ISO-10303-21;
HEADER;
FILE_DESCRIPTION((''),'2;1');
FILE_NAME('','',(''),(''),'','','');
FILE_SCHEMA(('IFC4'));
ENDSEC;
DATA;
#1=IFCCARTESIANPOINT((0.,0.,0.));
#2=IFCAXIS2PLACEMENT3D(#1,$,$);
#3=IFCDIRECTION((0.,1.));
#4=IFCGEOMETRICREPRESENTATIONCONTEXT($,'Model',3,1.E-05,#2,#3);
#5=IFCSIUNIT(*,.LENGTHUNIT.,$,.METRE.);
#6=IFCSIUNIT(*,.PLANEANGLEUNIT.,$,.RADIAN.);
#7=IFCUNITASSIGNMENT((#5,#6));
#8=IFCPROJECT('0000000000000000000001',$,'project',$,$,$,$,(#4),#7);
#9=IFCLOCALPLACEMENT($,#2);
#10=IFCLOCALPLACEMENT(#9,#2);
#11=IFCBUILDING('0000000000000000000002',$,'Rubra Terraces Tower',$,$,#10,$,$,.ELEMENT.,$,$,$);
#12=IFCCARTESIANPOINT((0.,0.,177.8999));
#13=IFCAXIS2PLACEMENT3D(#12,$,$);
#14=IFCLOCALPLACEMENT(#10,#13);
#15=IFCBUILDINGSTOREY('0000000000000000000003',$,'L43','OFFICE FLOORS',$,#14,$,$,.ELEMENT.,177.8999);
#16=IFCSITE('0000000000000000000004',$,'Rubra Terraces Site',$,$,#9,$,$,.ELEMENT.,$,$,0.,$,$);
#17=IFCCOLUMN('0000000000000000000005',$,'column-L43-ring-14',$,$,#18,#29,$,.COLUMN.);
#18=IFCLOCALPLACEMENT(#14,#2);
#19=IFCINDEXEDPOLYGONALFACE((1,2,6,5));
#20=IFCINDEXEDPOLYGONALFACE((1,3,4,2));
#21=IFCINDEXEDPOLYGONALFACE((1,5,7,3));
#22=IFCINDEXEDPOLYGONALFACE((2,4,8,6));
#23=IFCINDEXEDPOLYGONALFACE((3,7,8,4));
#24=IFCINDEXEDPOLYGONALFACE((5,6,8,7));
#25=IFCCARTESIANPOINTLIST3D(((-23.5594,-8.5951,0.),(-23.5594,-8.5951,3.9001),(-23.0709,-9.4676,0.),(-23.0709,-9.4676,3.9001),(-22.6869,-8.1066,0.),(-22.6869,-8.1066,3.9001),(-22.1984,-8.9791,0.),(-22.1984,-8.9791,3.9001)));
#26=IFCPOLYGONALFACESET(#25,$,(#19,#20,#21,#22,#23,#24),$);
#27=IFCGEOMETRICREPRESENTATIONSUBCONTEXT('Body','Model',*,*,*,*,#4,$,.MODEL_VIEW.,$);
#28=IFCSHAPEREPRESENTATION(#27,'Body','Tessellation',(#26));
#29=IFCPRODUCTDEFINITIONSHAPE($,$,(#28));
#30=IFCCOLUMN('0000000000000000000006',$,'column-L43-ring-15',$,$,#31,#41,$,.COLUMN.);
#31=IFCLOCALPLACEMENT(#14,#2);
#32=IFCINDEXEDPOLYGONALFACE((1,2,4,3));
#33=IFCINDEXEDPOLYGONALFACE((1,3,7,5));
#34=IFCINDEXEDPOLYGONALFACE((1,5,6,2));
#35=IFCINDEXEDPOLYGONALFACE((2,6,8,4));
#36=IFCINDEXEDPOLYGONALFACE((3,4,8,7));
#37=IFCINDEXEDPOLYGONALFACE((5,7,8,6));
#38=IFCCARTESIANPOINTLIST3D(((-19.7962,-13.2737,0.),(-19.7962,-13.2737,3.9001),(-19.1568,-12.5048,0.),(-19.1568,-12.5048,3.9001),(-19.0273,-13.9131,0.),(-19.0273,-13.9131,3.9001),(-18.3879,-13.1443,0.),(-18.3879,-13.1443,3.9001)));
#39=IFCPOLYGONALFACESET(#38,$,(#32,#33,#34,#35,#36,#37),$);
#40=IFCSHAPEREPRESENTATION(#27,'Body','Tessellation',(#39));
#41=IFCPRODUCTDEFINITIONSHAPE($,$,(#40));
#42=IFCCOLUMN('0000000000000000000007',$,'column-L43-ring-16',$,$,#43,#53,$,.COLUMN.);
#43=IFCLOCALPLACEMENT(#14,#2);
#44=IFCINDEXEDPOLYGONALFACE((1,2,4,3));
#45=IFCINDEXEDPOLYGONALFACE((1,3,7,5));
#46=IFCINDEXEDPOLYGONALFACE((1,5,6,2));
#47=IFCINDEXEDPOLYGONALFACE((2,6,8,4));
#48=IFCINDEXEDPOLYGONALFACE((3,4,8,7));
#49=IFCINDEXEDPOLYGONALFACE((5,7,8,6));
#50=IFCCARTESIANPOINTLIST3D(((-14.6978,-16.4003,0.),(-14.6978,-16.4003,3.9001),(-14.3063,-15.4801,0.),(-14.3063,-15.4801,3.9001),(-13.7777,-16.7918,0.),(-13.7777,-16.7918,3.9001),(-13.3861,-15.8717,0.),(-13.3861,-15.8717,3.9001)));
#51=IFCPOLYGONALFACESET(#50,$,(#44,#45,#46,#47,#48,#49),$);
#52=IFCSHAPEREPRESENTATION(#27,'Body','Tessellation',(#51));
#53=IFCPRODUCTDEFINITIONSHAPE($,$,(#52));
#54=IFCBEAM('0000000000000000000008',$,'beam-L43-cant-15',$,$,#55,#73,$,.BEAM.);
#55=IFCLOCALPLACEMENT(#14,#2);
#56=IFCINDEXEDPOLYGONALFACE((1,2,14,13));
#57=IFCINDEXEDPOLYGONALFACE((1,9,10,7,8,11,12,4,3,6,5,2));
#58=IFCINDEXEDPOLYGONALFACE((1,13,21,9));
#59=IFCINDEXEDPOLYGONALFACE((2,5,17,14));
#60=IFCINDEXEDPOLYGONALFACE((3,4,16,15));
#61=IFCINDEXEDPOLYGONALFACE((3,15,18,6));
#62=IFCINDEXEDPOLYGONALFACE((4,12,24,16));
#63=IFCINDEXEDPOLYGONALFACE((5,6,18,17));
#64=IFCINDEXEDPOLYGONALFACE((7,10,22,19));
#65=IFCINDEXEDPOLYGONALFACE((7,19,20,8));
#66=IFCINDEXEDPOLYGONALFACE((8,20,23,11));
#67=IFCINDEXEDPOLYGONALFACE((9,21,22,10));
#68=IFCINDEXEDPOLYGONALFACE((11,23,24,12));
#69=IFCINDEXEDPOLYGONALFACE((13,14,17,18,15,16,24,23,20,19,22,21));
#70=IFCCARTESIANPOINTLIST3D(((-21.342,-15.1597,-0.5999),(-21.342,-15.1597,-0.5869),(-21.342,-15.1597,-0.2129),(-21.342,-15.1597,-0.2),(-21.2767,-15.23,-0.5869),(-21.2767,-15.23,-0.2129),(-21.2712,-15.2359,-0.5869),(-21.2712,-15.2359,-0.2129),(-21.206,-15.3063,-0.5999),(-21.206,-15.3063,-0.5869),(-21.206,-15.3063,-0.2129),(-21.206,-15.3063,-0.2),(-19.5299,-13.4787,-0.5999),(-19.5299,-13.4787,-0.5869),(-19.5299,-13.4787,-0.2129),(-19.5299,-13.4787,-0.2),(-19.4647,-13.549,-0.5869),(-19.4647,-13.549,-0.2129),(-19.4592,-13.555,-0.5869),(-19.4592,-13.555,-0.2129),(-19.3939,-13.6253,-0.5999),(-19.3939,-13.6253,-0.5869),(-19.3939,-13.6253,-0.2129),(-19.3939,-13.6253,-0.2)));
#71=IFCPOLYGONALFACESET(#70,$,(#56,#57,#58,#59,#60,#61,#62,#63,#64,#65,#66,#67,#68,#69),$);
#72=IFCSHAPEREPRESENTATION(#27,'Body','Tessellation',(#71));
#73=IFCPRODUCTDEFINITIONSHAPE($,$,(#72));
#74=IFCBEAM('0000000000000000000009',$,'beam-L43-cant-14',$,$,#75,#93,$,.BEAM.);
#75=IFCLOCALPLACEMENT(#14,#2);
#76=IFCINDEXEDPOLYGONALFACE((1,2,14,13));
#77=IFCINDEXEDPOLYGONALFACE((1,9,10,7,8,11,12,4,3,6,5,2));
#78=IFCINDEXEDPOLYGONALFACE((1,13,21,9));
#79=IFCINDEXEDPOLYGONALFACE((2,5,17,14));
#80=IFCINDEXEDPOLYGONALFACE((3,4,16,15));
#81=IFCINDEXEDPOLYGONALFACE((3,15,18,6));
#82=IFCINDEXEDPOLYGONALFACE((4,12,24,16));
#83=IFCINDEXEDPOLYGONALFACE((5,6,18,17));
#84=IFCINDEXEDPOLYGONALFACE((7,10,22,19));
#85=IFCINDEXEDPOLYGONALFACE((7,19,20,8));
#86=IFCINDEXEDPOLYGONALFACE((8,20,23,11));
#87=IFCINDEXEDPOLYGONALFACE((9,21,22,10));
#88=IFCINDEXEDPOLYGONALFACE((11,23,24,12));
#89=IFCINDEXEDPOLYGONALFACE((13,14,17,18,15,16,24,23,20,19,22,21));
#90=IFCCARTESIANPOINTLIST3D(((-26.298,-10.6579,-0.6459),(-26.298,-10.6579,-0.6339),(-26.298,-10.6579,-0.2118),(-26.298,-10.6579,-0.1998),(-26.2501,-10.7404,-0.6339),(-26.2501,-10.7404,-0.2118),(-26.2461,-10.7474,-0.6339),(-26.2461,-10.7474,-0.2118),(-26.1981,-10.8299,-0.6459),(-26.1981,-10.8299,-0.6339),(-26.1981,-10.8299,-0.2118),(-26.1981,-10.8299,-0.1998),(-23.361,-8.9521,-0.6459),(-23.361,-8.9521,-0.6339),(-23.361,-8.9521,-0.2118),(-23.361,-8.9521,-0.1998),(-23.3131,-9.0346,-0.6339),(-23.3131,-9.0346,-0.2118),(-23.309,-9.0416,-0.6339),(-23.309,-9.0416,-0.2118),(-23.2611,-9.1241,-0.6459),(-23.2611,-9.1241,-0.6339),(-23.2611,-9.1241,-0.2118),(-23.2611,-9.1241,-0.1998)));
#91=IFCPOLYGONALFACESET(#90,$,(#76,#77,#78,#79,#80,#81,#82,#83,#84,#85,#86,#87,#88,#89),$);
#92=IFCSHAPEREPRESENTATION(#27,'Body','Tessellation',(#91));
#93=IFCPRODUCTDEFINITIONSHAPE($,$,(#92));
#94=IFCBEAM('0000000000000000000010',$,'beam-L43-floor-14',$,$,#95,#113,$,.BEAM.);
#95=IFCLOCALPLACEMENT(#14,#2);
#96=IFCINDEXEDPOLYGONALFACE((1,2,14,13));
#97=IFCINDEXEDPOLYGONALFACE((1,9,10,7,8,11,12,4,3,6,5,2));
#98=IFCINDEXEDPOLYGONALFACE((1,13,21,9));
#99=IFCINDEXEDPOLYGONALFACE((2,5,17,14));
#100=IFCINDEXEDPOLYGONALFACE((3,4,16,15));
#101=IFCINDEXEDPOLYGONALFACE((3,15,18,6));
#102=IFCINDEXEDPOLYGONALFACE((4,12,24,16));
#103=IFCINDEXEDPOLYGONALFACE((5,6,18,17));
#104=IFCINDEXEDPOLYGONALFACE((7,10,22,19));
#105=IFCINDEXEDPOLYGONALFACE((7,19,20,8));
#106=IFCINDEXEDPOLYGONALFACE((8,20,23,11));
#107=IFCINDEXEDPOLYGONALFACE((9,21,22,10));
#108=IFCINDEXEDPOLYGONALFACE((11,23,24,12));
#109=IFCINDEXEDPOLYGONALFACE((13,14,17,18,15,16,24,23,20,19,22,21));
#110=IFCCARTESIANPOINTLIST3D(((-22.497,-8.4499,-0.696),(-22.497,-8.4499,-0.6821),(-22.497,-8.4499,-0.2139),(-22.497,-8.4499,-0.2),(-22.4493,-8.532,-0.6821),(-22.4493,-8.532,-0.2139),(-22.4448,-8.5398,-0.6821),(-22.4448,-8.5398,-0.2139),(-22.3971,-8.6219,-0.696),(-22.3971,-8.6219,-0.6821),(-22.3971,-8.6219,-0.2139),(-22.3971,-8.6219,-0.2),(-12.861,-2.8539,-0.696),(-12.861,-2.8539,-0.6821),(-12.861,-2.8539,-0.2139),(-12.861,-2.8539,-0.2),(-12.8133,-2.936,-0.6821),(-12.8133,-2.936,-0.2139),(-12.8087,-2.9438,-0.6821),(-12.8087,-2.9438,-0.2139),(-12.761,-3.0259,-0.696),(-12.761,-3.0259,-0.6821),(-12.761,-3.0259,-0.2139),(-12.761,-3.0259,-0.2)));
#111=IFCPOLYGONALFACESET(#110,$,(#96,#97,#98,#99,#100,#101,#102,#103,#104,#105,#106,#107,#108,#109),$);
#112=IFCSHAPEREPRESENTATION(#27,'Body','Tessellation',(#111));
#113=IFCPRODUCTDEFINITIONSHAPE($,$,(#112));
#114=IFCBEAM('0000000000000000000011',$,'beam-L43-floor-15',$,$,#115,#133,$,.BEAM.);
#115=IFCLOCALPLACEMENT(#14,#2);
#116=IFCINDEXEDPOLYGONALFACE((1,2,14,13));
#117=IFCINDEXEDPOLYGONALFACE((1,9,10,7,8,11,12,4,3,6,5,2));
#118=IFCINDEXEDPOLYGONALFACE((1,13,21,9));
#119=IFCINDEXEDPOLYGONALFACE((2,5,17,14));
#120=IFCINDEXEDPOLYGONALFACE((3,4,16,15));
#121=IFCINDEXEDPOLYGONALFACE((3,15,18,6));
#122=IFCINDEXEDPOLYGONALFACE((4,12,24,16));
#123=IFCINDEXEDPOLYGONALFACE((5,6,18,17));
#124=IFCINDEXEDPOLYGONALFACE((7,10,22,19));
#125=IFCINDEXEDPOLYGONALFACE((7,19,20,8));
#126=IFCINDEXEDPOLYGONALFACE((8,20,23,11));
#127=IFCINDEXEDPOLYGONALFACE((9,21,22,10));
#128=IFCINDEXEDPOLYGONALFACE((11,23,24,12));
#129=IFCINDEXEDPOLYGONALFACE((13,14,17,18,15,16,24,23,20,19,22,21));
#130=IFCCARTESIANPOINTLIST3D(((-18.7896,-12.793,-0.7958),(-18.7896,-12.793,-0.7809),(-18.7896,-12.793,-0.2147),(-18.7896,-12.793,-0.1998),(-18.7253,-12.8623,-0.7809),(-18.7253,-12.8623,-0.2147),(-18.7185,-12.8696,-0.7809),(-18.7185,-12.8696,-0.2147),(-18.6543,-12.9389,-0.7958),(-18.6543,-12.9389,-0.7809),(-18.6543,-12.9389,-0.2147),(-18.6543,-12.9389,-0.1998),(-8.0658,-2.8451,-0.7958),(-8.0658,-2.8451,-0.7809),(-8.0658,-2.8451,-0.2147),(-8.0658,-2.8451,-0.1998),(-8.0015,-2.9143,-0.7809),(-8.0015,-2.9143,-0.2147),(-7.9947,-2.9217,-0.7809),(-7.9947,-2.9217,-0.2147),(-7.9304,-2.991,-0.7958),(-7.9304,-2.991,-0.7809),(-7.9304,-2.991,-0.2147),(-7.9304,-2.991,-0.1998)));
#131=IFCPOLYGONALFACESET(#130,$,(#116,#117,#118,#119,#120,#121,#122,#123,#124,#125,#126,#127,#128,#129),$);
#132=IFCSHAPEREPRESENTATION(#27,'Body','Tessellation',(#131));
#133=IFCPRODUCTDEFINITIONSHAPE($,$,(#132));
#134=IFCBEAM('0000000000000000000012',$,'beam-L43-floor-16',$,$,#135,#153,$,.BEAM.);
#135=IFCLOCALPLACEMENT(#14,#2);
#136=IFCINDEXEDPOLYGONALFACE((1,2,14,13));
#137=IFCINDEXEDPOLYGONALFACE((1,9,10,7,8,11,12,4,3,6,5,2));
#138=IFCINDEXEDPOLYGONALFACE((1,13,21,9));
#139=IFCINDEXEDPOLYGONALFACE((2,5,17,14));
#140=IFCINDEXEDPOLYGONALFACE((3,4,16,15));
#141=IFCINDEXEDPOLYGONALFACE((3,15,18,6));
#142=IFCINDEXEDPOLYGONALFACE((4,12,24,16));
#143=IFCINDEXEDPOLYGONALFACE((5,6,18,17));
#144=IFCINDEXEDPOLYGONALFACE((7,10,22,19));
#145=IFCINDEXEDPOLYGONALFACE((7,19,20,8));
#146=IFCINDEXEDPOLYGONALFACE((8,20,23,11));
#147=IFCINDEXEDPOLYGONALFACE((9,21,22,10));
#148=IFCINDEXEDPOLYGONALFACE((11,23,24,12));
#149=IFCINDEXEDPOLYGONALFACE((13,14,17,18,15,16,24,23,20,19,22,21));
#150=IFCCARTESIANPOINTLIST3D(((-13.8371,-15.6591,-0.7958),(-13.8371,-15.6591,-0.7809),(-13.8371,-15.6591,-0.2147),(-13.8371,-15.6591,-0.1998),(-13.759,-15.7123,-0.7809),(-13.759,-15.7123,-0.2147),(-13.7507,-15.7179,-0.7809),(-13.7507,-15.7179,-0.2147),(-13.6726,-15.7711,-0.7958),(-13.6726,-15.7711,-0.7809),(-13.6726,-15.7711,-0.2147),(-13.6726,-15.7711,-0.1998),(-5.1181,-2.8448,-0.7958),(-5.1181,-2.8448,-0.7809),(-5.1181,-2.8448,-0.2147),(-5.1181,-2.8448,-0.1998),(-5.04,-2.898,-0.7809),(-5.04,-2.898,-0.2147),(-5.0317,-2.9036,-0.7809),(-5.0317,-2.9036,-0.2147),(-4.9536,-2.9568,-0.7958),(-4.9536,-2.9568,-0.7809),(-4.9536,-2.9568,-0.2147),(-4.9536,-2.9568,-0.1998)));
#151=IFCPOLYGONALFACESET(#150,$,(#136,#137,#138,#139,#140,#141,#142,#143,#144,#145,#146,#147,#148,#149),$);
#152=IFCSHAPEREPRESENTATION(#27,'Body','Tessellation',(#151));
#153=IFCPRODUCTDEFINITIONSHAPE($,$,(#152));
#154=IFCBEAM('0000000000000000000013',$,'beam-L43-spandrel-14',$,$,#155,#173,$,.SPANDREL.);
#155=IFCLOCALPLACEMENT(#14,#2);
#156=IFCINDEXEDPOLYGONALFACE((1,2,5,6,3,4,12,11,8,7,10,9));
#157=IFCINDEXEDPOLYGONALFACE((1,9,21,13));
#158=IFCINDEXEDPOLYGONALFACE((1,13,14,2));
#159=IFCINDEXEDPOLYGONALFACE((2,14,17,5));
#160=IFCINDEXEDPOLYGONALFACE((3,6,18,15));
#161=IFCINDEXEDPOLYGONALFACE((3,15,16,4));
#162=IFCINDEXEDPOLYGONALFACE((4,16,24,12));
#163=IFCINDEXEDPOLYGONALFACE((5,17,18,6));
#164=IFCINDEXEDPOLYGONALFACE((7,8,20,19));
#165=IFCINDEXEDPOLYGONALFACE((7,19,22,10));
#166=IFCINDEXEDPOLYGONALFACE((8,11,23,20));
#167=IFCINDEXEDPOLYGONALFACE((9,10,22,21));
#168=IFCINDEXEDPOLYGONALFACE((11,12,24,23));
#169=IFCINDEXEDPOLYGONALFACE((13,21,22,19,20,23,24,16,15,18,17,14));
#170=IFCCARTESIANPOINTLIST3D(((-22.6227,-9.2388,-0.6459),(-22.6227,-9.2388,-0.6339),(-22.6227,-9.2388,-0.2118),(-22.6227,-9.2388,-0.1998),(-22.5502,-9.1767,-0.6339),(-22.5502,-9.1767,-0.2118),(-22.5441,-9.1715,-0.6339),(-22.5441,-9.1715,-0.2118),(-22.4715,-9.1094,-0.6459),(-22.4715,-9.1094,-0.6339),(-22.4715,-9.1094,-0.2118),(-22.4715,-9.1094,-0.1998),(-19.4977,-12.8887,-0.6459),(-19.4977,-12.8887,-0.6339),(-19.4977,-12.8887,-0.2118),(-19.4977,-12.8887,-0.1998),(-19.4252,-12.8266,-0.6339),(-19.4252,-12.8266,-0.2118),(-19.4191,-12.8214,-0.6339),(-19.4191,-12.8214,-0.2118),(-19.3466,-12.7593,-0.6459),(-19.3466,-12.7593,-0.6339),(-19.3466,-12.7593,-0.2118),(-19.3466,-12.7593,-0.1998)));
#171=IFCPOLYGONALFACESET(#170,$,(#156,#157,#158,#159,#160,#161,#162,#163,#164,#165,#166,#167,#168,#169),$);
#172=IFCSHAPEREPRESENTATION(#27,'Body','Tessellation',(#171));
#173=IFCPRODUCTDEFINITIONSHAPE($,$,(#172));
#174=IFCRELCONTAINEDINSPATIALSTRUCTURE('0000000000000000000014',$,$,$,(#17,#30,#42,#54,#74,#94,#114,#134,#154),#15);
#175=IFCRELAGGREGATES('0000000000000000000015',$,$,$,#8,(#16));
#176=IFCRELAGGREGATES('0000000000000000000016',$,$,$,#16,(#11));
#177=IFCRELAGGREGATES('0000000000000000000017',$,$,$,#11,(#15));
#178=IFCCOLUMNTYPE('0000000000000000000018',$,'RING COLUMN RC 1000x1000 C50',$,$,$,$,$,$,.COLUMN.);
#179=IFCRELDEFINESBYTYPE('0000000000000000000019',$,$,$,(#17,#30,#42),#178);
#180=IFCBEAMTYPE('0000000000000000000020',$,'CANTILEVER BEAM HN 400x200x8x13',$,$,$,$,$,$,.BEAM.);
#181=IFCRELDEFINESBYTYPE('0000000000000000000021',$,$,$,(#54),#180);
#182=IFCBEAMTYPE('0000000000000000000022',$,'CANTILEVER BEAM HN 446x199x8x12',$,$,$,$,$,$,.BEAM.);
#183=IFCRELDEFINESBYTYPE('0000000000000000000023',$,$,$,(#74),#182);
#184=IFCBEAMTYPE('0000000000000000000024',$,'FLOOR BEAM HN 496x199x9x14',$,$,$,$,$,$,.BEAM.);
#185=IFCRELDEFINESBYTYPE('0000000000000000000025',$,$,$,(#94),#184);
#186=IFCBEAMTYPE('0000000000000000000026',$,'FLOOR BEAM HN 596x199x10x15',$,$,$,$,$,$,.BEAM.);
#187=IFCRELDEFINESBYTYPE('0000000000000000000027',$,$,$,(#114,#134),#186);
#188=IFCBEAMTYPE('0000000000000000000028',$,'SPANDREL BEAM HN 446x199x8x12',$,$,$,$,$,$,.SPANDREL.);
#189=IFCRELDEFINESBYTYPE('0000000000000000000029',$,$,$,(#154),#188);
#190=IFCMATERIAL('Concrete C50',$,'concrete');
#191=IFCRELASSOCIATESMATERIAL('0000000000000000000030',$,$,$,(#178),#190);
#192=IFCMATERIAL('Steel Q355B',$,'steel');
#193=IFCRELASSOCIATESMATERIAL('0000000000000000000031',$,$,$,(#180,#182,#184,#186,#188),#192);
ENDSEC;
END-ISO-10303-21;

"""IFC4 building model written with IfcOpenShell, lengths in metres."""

from ifc_helpers import new_model, si_unit, direction, frame, origin, origin_2d, place, context, subcontext, project, spatial, rectangle, i_section, extrude, material, material_profile, profile_set, type_object, element, save


model = new_model("IFC4")

# Units and contexts
model_context = context("Model", 3, precision=1e-05, world=origin(), true_north=direction((0.0, 1.0)))
body_context = subcontext(model_context, "Body", "Model", "MODEL_VIEW")
ifc_project = project(units=[si_unit("LENGTHUNIT", "METRE"), si_unit("PLANEANGLEUNIT", "RADIAN")], contexts=[model_context])

# Site, building, storey
site_placement = place(None, origin())
site = spatial("IfcSite", under=ifc_project, at=site_placement, Name="Rubra Terraces Site", CompositionType="ELEMENT", RefElevation=0.0)
building_placement = place(site_placement, origin())
building = spatial("IfcBuilding", under=site, at=building_placement, Name="Rubra Terraces Tower", CompositionType="ELEMENT")
storey_placement = place(building_placement, frame((0.0, 0.0, 177.8999)))
storey = spatial("IfcBuildingStorey", under=building, at=storey_placement, Name="L43", Description="OFFICE FLOORS", CompositionType="ELEMENT", Elevation=177.8999)

# Columns
ifc_material_1 = material(Name="Concrete C50", Category="concrete")
ifc_material_profile_1 = material_profile(ifc_material_1, rectangle(XDim=1.0, YDim=1.0, at=origin_2d()), Name="RC 1000x1000")
ifc_profile_set_1 = profile_set([ifc_material_profile_1], Name="Concrete C50")
column_type = type_object("IfcColumnType", Name="RING COLUMN RC 1000x1000 C50", PredefinedType="COLUMN", material=ifc_profile_set_1)
for number, where, z_axis, x_axis, name in (
    (1, (-22.8789, -8.7871, 0.0), (0.0, 0.0, 1.0), (0.488526, -0.872549, 0.0), "column-L43-ring-14"),
    (2, (-19.092, -13.209, 0.0), (0.0, 0.0, 1.0), (0.76887, -0.639405, 0.0), "column-L43-ring-15"),
    (3, (-14.042, -16.136, 0.0), (0.0, 0.0, 1.0), (0.920168, -0.391524, 0.0), "column-L43-ring-16"),
):
    element("IfcColumn", number, at=place(storey_placement, frame(where, z_axis=z_axis, x_axis=x_axis)), inside=storey, type_object=column_type, Name=name, PredefinedType="COLUMN", context=body_context, shape_type="SweptSolid", body=[
        extrude(rectangle(XDim=1.0, YDim=1.0, at=origin_2d()), origin(), (0.0, 0.0, 1.0), 3.9001),
    ])

# Beams
ifc_material_2 = material(Name="Steel Q355B", Category="steel")
ifc_material_profile_2 = material_profile(ifc_material_2, i_section(OverallWidth=0.2, OverallDepth=0.3999, WebThickness=0.0081, FlangeThickness=0.0129, at=origin_2d()), Name="HN 400x200x8x13")
ifc_profile_set_2 = profile_set([ifc_material_profile_2], Name="Steel Q355B")
beam_type_1 = type_object("IfcBeamType", Name="CANTILEVER BEAM HN 400x200x8x13", PredefinedType="BEAM", material=ifc_profile_set_2)
beam_1_placement = place(storey_placement, frame((-19.4619, -13.552, -0.3999), z_axis=(-0.733131, -0.680087, 0.0), x_axis=(0.680087, -0.733131, 0.0)))
element("IfcBeam", 4, at=beam_1_placement, inside=storey, type_object=beam_type_1, Name="beam-L43-cant-15", PredefinedType="BEAM", context=body_context, shape_type="SweptSolid", body=[
    extrude(i_section(OverallWidth=0.2, OverallDepth=0.3999, WebThickness=0.0081, FlangeThickness=0.0129, at=origin_2d()), origin(), (0.0, 0.0, 1.0), 2.4717),
])
ifc_material_profile_3 = material_profile(ifc_material_2, i_section(OverallWidth=0.199, OverallDepth=0.446, WebThickness=0.0081, FlangeThickness=0.012, at=origin_2d()), Name="HN 446x199x8x12")
ifc_profile_set_3 = profile_set([ifc_material_profile_3], Name="Steel Q355B")
beam_type_2 = type_object("IfcBeamType", Name="CANTILEVER BEAM HN 446x199x8x12", PredefinedType="BEAM", material=ifc_profile_set_3)
beam_2_placement = place(storey_placement, frame((-23.311, -9.0381, -0.4229), z_axis=(-0.864732, -0.502234, 0.0), x_axis=(0.502234, -0.864732, 0.0)))
element("IfcBeam", 5, at=beam_2_placement, inside=storey, type_object=beam_type_2, Name="beam-L43-cant-14", PredefinedType="BEAM", context=body_context, shape_type="SweptSolid", body=[
    extrude(i_section(OverallWidth=0.199, OverallDepth=0.446, WebThickness=0.0081, FlangeThickness=0.012, at=origin_2d()), origin(), (0.0, 0.0, 1.0), 3.3965),
])
ifc_material_profile_4 = material_profile(ifc_material_2, i_section(OverallWidth=0.199, OverallDepth=0.4961, WebThickness=0.009, FlangeThickness=0.0139, at=origin_2d()), Name="HN 496x199x9x14")
ifc_profile_set_4 = profile_set([ifc_material_profile_4], Name="Steel Q355B")
beam_type_3 = type_object("IfcBeamType", Name="FLOOR BEAM HN 496x199x9x14", PredefinedType="BEAM", material=ifc_profile_set_4)
beam_3_placement = place(storey_placement, frame((-22.447, -8.5359, -0.448), z_axis=(0.864755, 0.502193, 0.0), x_axis=(-0.502193, 0.864755, 0.0)))
element("IfcBeam", 6, at=beam_3_placement, inside=storey, type_object=beam_type_3, Name="beam-L43-floor-14", PredefinedType="BEAM", context=body_context, shape_type="SweptSolid", body=[
    extrude(i_section(OverallWidth=0.199, OverallDepth=0.4961, WebThickness=0.009, FlangeThickness=0.0139, at=origin_2d()), origin(), (0.0, 0.0, 1.0), 11.1431),
])
ifc_material_profile_5 = material_profile(ifc_material_2, i_section(OverallWidth=0.199, OverallDepth=0.5959, WebThickness=0.01, FlangeThickness=0.0149, at=origin_2d()), Name="HN 596x199x10x15")
ifc_profile_set_5 = profile_set([ifc_material_profile_5], Name="Steel Q355B")
beam_type_4 = type_object("IfcBeamType", Name="FLOOR BEAM HN 596x199x10x15", PredefinedType="BEAM", material=ifc_profile_set_5)
beam_4_placement = place(storey_placement, frame((-18.7219, -12.866, -0.4978), z_axis=(0.73313, 0.680088, 0.0), x_axis=(-0.680088, 0.73313, 0.0)))
element("IfcBeam", 7, at=beam_4_placement, inside=storey, type_object=beam_type_4, Name="beam-L43-floor-15", PredefinedType="BEAM", context=body_context, shape_type="SweptSolid", body=[
    extrude(i_section(OverallWidth=0.199, OverallDepth=0.5959, WebThickness=0.01, FlangeThickness=0.0149, at=origin_2d()), origin(), (0.0, 0.0, 1.0), 14.6274),
])
beam_5_placement = place(storey_placement, frame((-13.7549, -15.7151, -0.4978), z_axis=(0.562545, 0.826767, 0.0), x_axis=(-0.826767, 0.562545, 0.0)))
element("IfcBeam", 8, at=beam_5_placement, inside=storey, type_object=beam_type_4, Name="beam-L43-floor-16", PredefinedType="BEAM", context=body_context, shape_type="SweptSolid", body=[
    extrude(i_section(OverallWidth=0.199, OverallDepth=0.5959, WebThickness=0.01, FlangeThickness=0.0149, at=origin_2d()), origin(), (0.0, 0.0, 1.0), 15.4993),
])
ifc_material_profile_6 = material_profile(ifc_material_2, i_section(OverallWidth=0.199, OverallDepth=0.446, WebThickness=0.0081, FlangeThickness=0.012, at=origin_2d()), Name="HN 446x199x8x12")
ifc_profile_set_6 = profile_set([ifc_material_profile_6], Name="Steel Q355B")
beam_type_5 = type_object("IfcBeamType", Name="SPANDREL BEAM HN 446x199x8x12", PredefinedType="SPANDREL", material=ifc_profile_set_6)
beam_6_placement = place(storey_placement, frame((-22.5471, -9.1741, -0.4229), z_axis=(0.650373, -0.759615, 0.0), x_axis=(0.759615, 0.650373, 0.0)))
element("IfcBeam", 9, at=beam_6_placement, inside=storey, type_object=beam_type_5, Name="beam-L43-spandrel-14", PredefinedType="SPANDREL", context=body_context, shape_type="SweptSolid", body=[
    extrude(i_section(OverallWidth=0.199, OverallDepth=0.446, WebThickness=0.0081, FlangeThickness=0.012, at=origin_2d()), origin(), (0.0, 0.0, 1.0), 4.8049),
])

save(model, "model.ifc")
